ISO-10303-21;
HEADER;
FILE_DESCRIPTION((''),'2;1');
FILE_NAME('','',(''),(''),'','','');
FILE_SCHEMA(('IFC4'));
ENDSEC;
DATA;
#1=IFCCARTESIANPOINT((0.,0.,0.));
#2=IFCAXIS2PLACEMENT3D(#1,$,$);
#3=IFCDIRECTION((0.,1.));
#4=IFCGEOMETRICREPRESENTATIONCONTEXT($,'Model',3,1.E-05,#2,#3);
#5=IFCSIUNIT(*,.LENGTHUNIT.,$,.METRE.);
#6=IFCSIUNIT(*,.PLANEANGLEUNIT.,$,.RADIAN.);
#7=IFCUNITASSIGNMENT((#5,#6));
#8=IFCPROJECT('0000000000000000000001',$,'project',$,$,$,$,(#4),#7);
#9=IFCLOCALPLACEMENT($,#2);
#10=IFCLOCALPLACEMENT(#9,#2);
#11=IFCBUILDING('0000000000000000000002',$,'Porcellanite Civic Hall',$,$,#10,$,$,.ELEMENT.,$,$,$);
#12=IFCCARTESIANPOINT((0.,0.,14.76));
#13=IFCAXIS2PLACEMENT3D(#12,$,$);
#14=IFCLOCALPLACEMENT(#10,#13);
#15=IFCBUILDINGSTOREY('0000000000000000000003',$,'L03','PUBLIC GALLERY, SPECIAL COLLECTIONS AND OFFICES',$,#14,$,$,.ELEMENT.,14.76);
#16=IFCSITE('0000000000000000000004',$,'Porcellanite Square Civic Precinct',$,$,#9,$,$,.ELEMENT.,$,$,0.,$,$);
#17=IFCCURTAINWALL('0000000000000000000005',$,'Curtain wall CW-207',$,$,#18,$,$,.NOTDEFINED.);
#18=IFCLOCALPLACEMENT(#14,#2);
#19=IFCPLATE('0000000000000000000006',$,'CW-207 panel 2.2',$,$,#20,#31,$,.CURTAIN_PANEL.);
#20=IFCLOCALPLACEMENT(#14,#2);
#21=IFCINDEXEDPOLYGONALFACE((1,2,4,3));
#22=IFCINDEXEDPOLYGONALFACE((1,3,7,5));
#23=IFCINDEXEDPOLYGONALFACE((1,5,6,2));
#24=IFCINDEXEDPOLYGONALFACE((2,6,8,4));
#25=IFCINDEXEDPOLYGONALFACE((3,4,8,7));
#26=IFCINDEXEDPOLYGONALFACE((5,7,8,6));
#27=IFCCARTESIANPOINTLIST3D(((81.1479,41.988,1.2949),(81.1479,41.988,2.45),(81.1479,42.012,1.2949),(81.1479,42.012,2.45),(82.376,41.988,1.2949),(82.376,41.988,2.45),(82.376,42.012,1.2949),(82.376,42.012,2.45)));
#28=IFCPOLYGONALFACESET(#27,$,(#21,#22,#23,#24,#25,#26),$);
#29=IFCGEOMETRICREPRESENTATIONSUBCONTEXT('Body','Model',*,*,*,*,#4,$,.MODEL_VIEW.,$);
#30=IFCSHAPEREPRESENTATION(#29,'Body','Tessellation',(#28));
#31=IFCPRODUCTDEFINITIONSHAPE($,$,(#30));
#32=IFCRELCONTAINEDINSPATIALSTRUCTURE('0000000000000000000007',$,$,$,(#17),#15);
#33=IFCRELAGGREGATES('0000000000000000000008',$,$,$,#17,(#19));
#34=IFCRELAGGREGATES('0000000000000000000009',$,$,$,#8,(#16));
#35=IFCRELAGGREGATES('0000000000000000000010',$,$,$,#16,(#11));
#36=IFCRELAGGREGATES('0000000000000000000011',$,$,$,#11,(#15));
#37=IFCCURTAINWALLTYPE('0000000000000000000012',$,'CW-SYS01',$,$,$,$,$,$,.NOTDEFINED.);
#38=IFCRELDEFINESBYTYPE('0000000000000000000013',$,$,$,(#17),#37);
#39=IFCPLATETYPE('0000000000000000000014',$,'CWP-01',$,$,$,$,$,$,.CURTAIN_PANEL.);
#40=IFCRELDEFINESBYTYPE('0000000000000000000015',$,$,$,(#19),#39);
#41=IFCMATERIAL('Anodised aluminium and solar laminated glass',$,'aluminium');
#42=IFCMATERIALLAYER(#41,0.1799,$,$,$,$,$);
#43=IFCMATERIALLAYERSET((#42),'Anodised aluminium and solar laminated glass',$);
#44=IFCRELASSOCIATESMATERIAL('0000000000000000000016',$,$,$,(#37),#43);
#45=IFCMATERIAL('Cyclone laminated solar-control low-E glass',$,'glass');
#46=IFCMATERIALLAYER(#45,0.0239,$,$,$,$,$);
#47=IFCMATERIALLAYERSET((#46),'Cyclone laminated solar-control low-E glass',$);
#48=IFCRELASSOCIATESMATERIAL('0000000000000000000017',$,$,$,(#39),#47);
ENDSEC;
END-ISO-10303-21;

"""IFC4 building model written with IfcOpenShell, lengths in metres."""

from ifc_helpers import new_model, si_unit, direction, frame, origin, origin_2d, place, context, subcontext, project, spatial, rectangle, extrude, material, layer, layer_set, type_object, element, aggregate, save


model = new_model("IFC4")

# Units and contexts
model_context = context("Model", 3, precision=1e-05, world=origin(), true_north=direction((0.0, 1.0)))
body_context = subcontext(model_context, "Body", "Model", "MODEL_VIEW")
ifc_project = project(units=[si_unit("LENGTHUNIT", "METRE"), si_unit("PLANEANGLEUNIT", "RADIAN")], contexts=[model_context])

# Site, building, storey
site_placement = place(None, origin())
site = spatial("IfcSite", under=ifc_project, at=site_placement, Name="Porcellanite Square Civic Precinct", CompositionType="ELEMENT", RefElevation=0.0)
building_placement = place(site_placement, origin())
building = spatial("IfcBuilding", under=site, at=building_placement, Name="Porcellanite Civic Hall", CompositionType="ELEMENT")
storey_placement = place(building_placement, frame((0.0, 0.0, 14.76)))
storey = spatial("IfcBuildingStorey", under=building, at=storey_placement, Name="L03", Description="PUBLIC GALLERY, SPECIAL COLLECTIONS AND OFFICES", CompositionType="ELEMENT", Elevation=14.76)

# Curtain wall
ifc_material_1 = material(Name="Anodised aluminium and solar laminated glass", Category="aluminium")
ifc_layer_1 = layer(ifc_material_1, 0.1799)
ifc_layer_set_1 = layer_set([ifc_layer_1], Name="Anodised aluminium and solar laminated glass")
curtain_wall_type = type_object("IfcCurtainWallType", Name="CW-SYS01", PredefinedType="NOTDEFINED", material=ifc_layer_set_1)
curtain_wall_placement = place(storey_placement, origin())
curtain_wall = element("IfcCurtainWall", 1, at=curtain_wall_placement, inside=storey, type_object=curtain_wall_type, Name="Curtain wall CW-207", PredefinedType="NOTDEFINED")

# Plate
ifc_material_2 = material(Name="Cyclone laminated solar-control low-E glass", Category="glass")
ifc_layer_2 = layer(ifc_material_2, 0.0239)
ifc_layer_set_2 = layer_set([ifc_layer_2], Name="Cyclone laminated solar-control low-E glass")
plate_type = type_object("IfcPlateType", Name="CWP-01", PredefinedType="CURTAIN_PANEL", material=ifc_layer_set_2)
plate_1_placement = place(storey_placement, frame((81.762, 42.0, 1.2949), z_axis=(0.0, 0.0, 1.0), x_axis=(-1.0, 0.0, 0.0)))
plate_1 = element("IfcPlate", 2, at=plate_1_placement, type_object=plate_type, Name="CW-207 panel 2.2", PredefinedType="CURTAIN_PANEL", context=body_context, shape_type="SweptSolid", body=[
    extrude(rectangle(XDim=1.228, YDim=0.0239, at=origin_2d()), origin(), (0.0, 0.0, 1.0), 1.155),
])
aggregate(curtain_wall, [plate_1])

save(model, "model.ifc")
